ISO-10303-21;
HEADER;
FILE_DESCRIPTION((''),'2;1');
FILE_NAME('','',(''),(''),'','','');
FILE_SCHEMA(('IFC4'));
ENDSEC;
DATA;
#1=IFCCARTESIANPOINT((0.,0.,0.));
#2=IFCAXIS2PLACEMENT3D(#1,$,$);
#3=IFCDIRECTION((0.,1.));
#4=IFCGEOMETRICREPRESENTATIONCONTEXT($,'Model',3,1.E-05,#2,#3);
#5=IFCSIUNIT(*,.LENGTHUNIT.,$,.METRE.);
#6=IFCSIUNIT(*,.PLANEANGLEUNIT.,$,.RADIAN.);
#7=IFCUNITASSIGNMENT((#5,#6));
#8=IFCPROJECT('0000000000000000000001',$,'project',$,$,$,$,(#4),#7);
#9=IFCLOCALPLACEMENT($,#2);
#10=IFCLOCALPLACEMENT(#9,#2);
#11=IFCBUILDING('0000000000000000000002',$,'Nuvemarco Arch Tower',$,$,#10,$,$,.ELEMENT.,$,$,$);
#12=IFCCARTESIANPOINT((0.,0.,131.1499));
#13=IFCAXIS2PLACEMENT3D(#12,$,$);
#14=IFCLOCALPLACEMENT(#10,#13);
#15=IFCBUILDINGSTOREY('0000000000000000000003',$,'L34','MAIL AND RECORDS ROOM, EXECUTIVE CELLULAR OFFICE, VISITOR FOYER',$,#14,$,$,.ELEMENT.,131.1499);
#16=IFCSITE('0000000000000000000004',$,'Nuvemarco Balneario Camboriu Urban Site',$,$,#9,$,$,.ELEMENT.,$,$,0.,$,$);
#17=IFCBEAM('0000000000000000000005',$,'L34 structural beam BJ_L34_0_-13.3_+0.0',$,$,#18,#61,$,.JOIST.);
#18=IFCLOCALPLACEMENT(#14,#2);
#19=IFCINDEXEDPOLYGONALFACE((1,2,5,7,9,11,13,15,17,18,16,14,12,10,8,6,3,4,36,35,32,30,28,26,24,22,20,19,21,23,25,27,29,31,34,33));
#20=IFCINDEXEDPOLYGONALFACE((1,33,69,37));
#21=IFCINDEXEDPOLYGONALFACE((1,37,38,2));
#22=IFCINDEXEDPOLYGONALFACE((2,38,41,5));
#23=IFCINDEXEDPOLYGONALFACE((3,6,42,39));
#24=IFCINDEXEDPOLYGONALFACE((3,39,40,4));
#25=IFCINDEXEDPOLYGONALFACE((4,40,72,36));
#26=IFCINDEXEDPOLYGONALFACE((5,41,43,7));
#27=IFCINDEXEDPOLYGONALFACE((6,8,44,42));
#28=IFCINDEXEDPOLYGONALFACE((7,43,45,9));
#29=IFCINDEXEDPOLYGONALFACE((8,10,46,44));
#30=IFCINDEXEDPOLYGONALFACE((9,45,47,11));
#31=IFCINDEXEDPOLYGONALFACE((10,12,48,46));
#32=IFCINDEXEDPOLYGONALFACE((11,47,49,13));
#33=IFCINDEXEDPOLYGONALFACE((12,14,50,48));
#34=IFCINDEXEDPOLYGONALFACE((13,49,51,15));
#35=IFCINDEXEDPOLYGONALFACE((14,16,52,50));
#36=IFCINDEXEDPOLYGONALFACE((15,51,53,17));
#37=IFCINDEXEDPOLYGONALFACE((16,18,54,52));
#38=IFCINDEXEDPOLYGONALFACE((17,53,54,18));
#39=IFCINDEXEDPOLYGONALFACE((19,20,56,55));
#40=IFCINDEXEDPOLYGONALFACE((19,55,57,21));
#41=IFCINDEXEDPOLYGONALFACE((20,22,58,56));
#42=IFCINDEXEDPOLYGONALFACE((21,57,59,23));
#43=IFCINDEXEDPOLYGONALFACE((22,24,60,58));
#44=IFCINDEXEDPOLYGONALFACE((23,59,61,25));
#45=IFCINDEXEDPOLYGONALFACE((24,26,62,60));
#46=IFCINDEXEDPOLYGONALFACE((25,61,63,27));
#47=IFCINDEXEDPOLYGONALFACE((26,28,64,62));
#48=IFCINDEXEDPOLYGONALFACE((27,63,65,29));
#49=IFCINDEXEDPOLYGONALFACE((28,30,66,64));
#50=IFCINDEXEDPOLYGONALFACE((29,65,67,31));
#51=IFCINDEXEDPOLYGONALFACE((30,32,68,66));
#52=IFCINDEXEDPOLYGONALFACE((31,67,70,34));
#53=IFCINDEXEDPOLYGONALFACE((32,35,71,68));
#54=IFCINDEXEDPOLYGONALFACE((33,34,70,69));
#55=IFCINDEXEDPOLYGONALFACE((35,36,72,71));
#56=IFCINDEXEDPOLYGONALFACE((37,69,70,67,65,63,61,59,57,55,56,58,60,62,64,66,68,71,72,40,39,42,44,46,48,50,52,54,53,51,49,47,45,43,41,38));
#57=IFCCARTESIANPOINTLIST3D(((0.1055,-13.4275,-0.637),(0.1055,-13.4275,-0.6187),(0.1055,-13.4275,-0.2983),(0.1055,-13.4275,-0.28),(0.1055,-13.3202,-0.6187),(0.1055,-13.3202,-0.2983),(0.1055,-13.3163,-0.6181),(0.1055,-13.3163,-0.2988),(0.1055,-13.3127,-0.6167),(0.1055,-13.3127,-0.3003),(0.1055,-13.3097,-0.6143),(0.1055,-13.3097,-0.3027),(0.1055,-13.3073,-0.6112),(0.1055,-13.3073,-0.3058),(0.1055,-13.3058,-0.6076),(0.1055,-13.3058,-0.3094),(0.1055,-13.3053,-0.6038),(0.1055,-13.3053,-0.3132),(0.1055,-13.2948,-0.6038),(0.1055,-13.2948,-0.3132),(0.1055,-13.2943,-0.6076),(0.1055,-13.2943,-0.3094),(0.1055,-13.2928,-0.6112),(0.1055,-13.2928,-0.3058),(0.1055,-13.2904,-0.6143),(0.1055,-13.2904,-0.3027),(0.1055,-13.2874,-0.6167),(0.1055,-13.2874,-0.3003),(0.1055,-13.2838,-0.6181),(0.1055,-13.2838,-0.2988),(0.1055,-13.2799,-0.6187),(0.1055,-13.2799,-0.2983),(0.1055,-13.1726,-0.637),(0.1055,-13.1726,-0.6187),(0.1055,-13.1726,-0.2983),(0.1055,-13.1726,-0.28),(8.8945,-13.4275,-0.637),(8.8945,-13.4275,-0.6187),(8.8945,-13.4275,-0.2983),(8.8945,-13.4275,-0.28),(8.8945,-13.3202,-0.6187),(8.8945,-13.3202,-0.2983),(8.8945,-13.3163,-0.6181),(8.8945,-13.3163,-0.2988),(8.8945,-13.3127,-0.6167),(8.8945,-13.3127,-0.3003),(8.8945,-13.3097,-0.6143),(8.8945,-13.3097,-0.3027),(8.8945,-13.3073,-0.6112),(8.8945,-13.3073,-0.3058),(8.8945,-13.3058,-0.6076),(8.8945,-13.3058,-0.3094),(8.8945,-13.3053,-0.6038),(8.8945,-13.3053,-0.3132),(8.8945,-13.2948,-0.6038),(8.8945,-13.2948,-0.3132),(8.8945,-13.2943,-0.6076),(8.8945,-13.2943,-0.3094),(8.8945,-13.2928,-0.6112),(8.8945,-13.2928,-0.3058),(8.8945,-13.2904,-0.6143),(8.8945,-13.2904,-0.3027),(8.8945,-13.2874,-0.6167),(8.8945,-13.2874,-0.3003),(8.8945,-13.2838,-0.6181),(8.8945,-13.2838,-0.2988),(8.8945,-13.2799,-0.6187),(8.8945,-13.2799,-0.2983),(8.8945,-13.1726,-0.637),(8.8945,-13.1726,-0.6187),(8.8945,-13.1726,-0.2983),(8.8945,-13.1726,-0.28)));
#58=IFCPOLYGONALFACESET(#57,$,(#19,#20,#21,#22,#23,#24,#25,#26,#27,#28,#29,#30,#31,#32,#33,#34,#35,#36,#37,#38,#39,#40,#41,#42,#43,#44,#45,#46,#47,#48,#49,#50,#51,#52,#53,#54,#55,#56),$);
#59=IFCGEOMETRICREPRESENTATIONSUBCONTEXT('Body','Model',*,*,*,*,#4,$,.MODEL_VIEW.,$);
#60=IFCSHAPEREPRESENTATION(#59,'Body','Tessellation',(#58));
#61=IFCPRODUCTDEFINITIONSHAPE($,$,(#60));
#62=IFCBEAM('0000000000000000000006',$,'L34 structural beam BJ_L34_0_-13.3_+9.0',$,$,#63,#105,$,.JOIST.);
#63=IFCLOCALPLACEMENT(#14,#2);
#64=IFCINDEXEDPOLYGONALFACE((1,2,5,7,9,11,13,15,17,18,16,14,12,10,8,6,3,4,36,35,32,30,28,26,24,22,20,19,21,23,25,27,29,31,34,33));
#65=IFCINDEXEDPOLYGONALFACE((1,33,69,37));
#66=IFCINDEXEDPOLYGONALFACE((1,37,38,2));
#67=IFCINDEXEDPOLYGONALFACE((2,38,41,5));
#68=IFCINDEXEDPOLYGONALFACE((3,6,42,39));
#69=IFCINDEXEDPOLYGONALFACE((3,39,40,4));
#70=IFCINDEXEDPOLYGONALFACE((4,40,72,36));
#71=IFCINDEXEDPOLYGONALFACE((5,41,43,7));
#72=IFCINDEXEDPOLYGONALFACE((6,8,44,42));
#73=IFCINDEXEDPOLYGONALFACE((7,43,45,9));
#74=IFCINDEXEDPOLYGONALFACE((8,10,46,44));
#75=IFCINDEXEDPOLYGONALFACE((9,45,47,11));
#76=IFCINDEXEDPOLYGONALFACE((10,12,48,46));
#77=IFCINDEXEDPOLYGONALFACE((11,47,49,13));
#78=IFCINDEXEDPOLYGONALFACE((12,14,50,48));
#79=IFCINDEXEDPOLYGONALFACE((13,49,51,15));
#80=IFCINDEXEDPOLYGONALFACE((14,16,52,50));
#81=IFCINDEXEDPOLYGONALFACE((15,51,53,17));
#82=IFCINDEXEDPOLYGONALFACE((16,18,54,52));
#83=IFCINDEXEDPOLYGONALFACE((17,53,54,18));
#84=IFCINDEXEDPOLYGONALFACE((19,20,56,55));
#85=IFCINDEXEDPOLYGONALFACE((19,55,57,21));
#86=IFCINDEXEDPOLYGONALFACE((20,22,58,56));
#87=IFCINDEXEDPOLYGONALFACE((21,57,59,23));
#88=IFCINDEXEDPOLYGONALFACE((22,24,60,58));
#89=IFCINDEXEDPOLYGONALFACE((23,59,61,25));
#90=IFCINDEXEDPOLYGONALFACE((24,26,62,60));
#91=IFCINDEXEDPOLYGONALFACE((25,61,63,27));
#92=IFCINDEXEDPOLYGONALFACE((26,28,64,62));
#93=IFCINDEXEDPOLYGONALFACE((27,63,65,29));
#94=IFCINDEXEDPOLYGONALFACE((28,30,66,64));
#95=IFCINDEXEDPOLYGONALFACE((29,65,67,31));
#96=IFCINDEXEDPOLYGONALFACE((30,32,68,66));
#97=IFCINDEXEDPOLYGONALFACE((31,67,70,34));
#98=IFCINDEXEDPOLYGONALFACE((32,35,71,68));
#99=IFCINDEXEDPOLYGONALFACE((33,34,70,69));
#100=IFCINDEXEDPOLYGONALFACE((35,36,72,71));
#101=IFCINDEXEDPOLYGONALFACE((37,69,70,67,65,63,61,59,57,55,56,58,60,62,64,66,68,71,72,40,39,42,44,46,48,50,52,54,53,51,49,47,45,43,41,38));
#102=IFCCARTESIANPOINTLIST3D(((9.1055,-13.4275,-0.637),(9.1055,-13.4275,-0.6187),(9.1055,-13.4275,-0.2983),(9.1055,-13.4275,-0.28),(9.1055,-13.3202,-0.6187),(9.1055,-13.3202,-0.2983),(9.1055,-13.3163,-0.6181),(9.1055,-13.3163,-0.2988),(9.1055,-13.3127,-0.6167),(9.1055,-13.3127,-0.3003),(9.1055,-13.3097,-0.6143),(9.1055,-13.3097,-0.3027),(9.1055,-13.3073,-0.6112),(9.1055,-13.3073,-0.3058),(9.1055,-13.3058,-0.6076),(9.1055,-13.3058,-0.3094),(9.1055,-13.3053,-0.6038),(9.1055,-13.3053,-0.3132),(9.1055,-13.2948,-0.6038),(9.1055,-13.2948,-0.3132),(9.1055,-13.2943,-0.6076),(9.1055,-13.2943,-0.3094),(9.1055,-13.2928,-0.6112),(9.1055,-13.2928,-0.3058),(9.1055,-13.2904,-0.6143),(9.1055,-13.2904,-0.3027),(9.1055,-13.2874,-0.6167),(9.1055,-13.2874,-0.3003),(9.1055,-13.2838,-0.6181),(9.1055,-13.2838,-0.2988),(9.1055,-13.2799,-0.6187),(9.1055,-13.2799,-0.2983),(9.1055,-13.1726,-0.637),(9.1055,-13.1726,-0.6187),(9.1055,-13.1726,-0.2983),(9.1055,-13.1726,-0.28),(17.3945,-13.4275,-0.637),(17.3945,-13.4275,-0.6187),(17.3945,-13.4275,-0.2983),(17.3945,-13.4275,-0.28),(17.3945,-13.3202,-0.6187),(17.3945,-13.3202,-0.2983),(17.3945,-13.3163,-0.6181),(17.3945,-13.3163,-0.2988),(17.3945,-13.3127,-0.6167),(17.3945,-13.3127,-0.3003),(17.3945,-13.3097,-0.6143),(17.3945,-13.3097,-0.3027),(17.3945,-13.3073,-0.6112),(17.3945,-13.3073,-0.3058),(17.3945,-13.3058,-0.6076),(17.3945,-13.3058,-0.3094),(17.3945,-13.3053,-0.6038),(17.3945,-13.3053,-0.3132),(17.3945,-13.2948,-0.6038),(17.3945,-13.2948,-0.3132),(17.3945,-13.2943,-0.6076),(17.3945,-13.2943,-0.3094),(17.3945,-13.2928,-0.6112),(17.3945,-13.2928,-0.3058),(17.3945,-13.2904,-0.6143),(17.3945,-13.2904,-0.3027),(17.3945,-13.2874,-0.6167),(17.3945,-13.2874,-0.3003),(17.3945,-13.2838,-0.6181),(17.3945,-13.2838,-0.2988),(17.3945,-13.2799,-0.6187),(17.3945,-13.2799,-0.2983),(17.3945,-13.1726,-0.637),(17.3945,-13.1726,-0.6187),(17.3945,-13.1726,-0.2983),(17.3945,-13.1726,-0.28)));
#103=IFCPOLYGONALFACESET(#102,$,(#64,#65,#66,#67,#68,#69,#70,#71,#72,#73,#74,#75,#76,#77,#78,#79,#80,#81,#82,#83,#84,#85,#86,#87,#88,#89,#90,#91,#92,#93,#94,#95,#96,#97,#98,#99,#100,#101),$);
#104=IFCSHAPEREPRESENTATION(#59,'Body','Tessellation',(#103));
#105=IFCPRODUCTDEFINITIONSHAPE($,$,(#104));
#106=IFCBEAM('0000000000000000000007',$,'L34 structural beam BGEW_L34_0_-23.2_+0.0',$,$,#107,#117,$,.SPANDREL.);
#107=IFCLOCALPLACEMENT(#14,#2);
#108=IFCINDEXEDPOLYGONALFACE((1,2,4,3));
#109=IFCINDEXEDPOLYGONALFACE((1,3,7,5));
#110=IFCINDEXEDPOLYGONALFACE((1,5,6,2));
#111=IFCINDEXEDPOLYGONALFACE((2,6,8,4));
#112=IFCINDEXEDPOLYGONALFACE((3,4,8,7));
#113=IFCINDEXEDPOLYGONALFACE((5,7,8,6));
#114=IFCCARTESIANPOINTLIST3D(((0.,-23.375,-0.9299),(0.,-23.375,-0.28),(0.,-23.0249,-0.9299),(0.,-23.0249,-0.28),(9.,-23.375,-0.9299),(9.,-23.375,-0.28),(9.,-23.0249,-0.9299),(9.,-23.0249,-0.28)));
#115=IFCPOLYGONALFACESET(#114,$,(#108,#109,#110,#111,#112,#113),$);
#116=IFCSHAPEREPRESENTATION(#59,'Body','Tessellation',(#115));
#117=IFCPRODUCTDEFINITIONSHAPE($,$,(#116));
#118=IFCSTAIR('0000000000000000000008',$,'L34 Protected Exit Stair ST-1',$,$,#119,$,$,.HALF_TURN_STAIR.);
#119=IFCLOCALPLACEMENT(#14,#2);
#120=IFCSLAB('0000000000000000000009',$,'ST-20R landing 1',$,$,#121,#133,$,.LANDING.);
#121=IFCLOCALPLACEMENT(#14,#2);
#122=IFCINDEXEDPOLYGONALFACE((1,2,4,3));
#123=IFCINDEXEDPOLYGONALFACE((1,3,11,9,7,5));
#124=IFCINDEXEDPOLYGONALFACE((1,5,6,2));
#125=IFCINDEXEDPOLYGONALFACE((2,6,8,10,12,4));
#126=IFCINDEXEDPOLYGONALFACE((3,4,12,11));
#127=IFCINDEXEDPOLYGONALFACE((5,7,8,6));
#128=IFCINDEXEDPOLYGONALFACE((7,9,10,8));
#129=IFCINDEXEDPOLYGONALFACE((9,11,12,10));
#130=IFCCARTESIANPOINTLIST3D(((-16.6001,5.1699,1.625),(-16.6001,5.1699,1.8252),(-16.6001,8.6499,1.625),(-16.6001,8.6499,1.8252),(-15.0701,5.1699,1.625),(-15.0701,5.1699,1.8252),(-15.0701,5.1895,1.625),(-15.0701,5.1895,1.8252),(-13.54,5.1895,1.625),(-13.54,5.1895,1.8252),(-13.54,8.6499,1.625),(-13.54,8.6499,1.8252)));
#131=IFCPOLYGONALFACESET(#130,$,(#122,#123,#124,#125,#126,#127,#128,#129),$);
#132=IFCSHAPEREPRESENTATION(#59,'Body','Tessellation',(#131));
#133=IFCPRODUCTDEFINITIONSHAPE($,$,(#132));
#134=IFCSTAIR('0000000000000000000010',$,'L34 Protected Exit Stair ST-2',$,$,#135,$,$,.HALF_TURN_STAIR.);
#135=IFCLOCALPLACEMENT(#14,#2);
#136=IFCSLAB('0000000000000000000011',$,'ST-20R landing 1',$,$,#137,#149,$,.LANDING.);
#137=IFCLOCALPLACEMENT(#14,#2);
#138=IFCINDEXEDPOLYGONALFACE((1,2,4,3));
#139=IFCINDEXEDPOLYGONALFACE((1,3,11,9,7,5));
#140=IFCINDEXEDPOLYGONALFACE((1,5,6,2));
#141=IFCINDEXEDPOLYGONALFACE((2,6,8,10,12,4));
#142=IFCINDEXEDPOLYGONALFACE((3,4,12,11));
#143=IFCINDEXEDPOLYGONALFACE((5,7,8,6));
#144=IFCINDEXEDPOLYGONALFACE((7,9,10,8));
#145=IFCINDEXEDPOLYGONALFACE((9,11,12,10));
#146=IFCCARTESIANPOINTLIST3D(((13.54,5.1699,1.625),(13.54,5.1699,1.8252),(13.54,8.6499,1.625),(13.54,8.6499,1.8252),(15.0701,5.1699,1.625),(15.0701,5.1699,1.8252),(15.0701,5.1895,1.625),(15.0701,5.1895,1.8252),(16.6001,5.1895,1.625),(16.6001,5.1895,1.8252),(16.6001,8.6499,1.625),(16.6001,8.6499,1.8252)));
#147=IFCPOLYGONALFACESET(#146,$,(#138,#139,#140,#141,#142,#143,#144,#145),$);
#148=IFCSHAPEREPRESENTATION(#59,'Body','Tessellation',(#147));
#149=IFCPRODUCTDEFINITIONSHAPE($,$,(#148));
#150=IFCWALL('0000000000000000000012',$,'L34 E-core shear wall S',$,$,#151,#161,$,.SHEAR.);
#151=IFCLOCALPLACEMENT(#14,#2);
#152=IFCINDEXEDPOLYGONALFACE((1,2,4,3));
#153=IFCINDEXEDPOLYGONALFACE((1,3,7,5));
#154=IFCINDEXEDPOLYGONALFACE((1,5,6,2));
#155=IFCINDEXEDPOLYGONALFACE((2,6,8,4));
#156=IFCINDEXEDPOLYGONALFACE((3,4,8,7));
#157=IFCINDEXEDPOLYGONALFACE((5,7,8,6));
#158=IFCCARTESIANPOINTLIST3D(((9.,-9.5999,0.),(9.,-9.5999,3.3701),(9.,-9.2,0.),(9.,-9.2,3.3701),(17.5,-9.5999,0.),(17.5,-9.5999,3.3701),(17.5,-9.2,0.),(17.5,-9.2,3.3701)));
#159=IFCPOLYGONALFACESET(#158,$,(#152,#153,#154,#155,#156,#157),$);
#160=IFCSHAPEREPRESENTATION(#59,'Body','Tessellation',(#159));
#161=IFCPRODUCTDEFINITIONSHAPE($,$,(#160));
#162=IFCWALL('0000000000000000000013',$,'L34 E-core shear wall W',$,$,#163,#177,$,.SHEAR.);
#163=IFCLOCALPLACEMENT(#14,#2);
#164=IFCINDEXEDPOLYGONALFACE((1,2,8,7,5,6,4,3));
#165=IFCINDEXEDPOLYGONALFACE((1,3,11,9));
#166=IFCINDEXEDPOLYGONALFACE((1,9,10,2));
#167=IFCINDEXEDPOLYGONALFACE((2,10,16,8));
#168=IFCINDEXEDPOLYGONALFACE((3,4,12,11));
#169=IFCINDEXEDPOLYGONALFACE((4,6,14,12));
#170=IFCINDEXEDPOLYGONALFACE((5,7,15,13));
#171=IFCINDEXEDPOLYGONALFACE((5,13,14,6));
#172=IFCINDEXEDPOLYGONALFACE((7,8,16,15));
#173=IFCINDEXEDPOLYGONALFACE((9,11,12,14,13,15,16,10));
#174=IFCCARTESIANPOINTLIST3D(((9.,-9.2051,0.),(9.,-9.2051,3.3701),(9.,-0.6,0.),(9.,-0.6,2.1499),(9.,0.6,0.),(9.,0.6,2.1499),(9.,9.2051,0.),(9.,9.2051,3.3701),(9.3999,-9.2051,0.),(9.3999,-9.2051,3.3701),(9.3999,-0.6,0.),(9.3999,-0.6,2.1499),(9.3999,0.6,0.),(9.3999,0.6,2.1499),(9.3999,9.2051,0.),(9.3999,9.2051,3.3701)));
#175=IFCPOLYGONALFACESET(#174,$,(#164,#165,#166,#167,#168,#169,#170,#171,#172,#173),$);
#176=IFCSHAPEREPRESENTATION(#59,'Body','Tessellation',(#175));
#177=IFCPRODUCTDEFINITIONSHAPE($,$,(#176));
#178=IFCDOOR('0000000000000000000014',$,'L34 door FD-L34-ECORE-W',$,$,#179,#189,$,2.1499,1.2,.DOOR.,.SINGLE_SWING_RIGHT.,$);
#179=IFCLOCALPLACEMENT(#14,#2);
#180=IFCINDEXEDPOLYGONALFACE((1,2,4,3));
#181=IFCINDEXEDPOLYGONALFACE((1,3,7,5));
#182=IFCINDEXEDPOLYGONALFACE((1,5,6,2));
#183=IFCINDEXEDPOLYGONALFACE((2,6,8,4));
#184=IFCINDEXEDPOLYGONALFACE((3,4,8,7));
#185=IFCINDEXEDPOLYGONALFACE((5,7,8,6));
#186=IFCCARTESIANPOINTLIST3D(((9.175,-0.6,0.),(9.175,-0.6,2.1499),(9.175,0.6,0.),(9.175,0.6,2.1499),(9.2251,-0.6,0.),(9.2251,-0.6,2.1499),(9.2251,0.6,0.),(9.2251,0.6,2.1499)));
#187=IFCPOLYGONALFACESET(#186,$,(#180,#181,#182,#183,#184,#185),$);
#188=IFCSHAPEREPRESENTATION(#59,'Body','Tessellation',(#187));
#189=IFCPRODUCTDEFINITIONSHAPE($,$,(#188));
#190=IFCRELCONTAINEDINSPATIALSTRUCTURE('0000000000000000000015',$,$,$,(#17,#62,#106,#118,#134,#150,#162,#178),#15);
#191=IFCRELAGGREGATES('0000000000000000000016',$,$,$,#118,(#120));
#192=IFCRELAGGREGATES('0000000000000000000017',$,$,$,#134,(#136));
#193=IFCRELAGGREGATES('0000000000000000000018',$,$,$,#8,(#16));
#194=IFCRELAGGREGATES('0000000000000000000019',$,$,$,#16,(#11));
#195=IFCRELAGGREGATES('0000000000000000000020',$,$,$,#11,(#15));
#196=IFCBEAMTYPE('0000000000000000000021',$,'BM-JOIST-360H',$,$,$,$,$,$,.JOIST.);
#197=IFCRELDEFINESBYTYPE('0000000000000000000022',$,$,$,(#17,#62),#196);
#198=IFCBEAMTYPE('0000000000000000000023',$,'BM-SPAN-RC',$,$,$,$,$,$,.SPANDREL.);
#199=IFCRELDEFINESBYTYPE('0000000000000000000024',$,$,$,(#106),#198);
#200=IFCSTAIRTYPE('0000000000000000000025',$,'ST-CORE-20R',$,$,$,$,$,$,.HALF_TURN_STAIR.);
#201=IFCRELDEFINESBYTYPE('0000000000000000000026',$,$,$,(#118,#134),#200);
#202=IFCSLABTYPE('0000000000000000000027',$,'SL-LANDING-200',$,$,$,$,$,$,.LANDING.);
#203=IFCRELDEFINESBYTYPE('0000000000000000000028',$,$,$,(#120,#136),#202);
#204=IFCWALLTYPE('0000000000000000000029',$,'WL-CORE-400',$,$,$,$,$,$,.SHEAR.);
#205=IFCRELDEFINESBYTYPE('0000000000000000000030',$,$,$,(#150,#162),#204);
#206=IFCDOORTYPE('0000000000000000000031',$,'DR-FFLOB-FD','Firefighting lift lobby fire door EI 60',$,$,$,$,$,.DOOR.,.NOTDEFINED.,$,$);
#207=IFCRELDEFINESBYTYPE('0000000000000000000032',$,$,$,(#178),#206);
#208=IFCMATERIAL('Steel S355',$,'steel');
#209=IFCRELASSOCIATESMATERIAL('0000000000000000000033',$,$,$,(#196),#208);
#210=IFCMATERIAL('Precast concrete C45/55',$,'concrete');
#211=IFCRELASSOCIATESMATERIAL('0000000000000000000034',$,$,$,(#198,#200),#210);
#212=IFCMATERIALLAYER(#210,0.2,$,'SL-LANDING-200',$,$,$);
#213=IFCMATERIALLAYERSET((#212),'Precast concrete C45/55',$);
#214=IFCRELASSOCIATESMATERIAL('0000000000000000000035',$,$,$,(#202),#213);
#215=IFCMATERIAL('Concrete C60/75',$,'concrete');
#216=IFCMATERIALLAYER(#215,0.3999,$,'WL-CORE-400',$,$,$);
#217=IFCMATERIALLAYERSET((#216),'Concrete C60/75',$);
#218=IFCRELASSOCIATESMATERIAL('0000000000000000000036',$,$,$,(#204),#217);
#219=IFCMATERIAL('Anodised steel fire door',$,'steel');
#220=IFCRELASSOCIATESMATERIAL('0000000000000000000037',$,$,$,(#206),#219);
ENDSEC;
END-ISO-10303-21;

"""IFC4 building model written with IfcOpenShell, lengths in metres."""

from ifc_helpers import new_model, si_unit, direction, frame, frame_2d, origin, origin_2d, place, context, subcontext, project, spatial, polyline, rectangle, i_section, outline, extrude, source, transform, mapped, material, layer, layer_set, material_profile, profile_set, type_object, type_shapes, element, fill, aggregate, save


model = new_model("IFC4")

# Units and contexts
model_context = context("Model", 3, precision=1e-05, world=origin(), true_north=direction((0.0, 1.0)))
body_context = subcontext(model_context, "Body", "Model", "MODEL_VIEW")
ifc_project = project(units=[si_unit("LENGTHUNIT", "METRE"), si_unit("PLANEANGLEUNIT", "RADIAN")], contexts=[model_context])

# Site, building, storey
site_placement = place(None, origin())
site = spatial("IfcSite", under=ifc_project, at=site_placement, Name="Nuvemarco Balneario Camboriu Urban Site", CompositionType="ELEMENT", RefElevation=0.0)
building_placement = place(site_placement, origin())
building = spatial("IfcBuilding", under=site, at=building_placement, Name="Nuvemarco Arch Tower", CompositionType="ELEMENT")
storey_placement = place(building_placement, frame((0.0, 0.0, 131.1499)))
storey = spatial("IfcBuildingStorey", under=building, at=storey_placement, Name="L34", Description="MAIL AND RECORDS ROOM, EXECUTIVE CELLULAR OFFICE, VISITOR FOYER", CompositionType="ELEMENT", Elevation=131.1499)

# Shared definitions
ifc_material_1 = material(Name="Steel S355", Category="steel")

# Beams
ifc_material_2 = material(Name="Concrete C60/75", Category="concrete")
ifc_material_profile_1 = material_profile(ifc_material_1, i_section(OverallWidth=0.2549, OverallDepth=0.3569, WebThickness=0.0105, FlangeThickness=0.0183, FilletRadius=0.0149, at=origin_2d()), Name="W360x101")
ifc_profile_set_1 = profile_set([ifc_material_profile_1], Name="Steel S355")
beam_type_1 = type_object("IfcBeamType", Name="BM-JOIST-360H", PredefinedType="JOIST", material=ifc_profile_set_1)
beam_1_placement = place(storey_placement, frame((0.1055, -13.3, -0.4585), z_axis=(1.0, 0.0, 0.0), x_axis=(0.0, 1.0, 0.0)))
element("IfcBeam", 1, at=beam_1_placement, inside=storey, type_object=beam_type_1, Name="L34 structural beam BJ_L34_0_-13.3_+0.0", PredefinedType="JOIST", context=body_context, shape_type="SweptSolid", body=[
    extrude(i_section(OverallWidth=0.2549, OverallDepth=0.3569, WebThickness=0.0105, FlangeThickness=0.0183, FilletRadius=0.0149, at=origin_2d()), origin(), (0.0, 0.0, 1.0), 8.7891),
])
beam_2_placement = place(storey_placement, frame((9.1055, -13.3, -0.4585), z_axis=(1.0, 0.0, 0.0), x_axis=(0.0, 1.0, 0.0)))
element("IfcBeam", 2, at=beam_2_placement, inside=storey, type_object=beam_type_1, Name="L34 structural beam BJ_L34_0_-13.3_+9.0", PredefinedType="JOIST", context=body_context, shape_type="SweptSolid", body=[
    extrude(i_section(OverallWidth=0.2549, OverallDepth=0.3569, WebThickness=0.0105, FlangeThickness=0.0183, FilletRadius=0.0149, at=origin_2d()), origin(), (0.0, 0.0, 1.0), 8.2891),
])
ifc_material_3 = material(Name="Precast concrete C45/55", Category="concrete")
ifc_material_profile_2 = material_profile(ifc_material_3, rectangle(XDim=0.3501, YDim=0.6499, at=origin_2d()), Name="PC-SP-350x650")
ifc_profile_set_2 = profile_set([ifc_material_profile_2], Name="Precast concrete C45/55")
beam_type_2 = type_object("IfcBeamType", Name="BM-SPAN-RC", PredefinedType="SPANDREL", material=ifc_profile_set_2)
beam_3_placement = place(storey_placement, frame((0.0, -23.2, -0.605), z_axis=(1.0, 0.0, 0.0), x_axis=(0.0, 1.0, 0.0)))
element("IfcBeam", 3, at=beam_3_placement, inside=storey, type_object=beam_type_2, Name="L34 structural beam BGEW_L34_0_-23.2_+0.0", PredefinedType="SPANDREL", context=body_context, shape_type="SweptSolid", body=[
    extrude(rectangle(XDim=0.3501, YDim=0.6499, at=origin_2d()), origin(), (0.0, 0.0, 1.0), 9.0),
])

# Stairs, slabs
stair_type = type_object("IfcStairType", Name="ST-CORE-20R", PredefinedType="HALF_TURN_STAIR", material=ifc_material_3)
stair_1_placement = place(storey_placement, origin())
stair_1 = element("IfcStair", 4, at=stair_1_placement, inside=storey, type_object=stair_type, Name="L34 Protected Exit Stair ST-1", PredefinedType="HALF_TURN_STAIR")
ifc_layer_1 = layer(ifc_material_3, 0.2, Name="SL-LANDING-200")
ifc_layer_set_1 = layer_set([ifc_layer_1], Name="Precast concrete C45/55")
slab_type = type_object("IfcSlabType", Name="SL-LANDING-200", PredefinedType="LANDING", material=ifc_layer_set_1)
slab_1_placement = place(storey_placement, frame((0.0, 0.0, 1.625)))
slab_1 = element("IfcSlab", 5, at=slab_1_placement, type_object=slab_type, Name="ST-20R landing 1", PredefinedType="LANDING", context=body_context, shape_type="SweptSolid", body=[
    extrude(outline(polyline([(-13.54, 5.1895), (-13.54, 8.6499), (-16.6001, 8.6499), (-16.6001, 5.1699), (-15.0701, 5.1699), (-15.0701, 5.1895), (-13.54, 5.1895)])), origin(), (0.0, 0.0, 1.0), 0.2002),
])
aggregate(stair_1, [slab_1])
stair_2_placement = place(storey_placement, origin())
stair_2 = element("IfcStair", 6, at=stair_2_placement, inside=storey, type_object=stair_type, Name="L34 Protected Exit Stair ST-2", PredefinedType="HALF_TURN_STAIR")
slab_2_placement = place(storey_placement, frame((0.0, 0.0, 1.625)))
slab_2 = element("IfcSlab", 7, at=slab_2_placement, type_object=slab_type, Name="ST-20R landing 1", PredefinedType="LANDING", context=body_context, shape_type="SweptSolid", body=[
    extrude(outline(polyline([(16.6001, 5.1895), (16.6001, 8.6499), (13.54, 8.6499), (13.54, 5.1699), (15.0701, 5.1699), (15.0701, 5.1895), (16.6001, 5.1895)])), origin(), (0.0, 0.0, 1.0), 0.2002),
])
aggregate(stair_2, [slab_2])

# Wall
ifc_layer_2 = layer(ifc_material_2, 0.3999, Name="WL-CORE-400")
ifc_layer_set_2 = layer_set([ifc_layer_2], Name="Concrete C60/75")
wall_type_1 = type_object("IfcWallType", Name="WL-CORE-400", PredefinedType="SHEAR", material=ifc_layer_set_2)
wall_1_placement = place(storey_placement, frame((9.0, -9.3999, 0.0), z_axis=(0.0, 0.0, 1.0), x_axis=(1.0, 0.0, 0.0)))
element("IfcWall", 8, at=wall_1_placement, inside=storey, type_object=wall_type_1, Name="L34 E-core shear wall S", PredefinedType="SHEAR", context=body_context, shape_type="SweptSolid", body=[
    extrude(rectangle(XDim=8.5, YDim=0.3999, at=frame_2d((4.25, 0.0))), origin(), (0.0, 0.0, 1.0), 3.3701),
])

# Wall, opening, door
wall_2_placement = place(storey_placement, frame((9.2, -9.2051, 0.0), z_axis=(0.0, 0.0, 1.0), x_axis=(0.0, 1.0, 0.0)))
wall_2 = element("IfcWall", 9, at=wall_2_placement, inside=storey, type_object=wall_type_1, Name="L34 E-core shear wall W", PredefinedType="SHEAR", context=body_context, shape_type="SweptSolid", body=[
    extrude(rectangle(XDim=18.4102, YDim=0.3999, at=frame_2d((9.2051, 0.0))), origin(), (0.0, 0.0, 1.0), 3.3701),
])
opening_placement = place(wall_2_placement, frame((8.605, 0.0, 0.0)))
opening = element("IfcOpeningElement", 10, at=opening_placement, cuts=wall_2, PredefinedType="OPENING", context=body_context, shape_type="SweptSolid", body=[
    extrude(rectangle(XDim=1.2, YDim=2.1499, at=frame_2d((0.6001, 1.075))), frame((0.0, 0.21, 0.0), z_axis=(0.0, -1.0, 0.0), x_axis=(1.0, 0.0, 0.0)), (0.0, 0.0, 1.0), 0.4199),
])
ifc_material_4 = material(Name="Anodised steel fire door", Category="steel")
door_type = type_object("IfcDoorType", Name="DR-FFLOB-FD", Description="Firefighting lift lobby fire door EI 60", OperationType="NOTDEFINED", PredefinedType="DOOR", material=ifc_material_4)
shared_shape_1 = source(origin(), body_context, "Body", "SweptSolid", [
    extrude(rectangle(XDim=1.2, YDim=2.1499, at=frame_2d((0.6001, 1.075))), frame((0.0, 0.0249, 0.0), z_axis=(0.0, -1.0, 0.0), x_axis=(1.0, 0.0, 0.0)), (0.0, 0.0, 1.0), 0.05),
])
type_shapes(door_type, [shared_shape_1])
door_placement = place(opening_placement, origin())
door = element("IfcDoor", 11, at=door_placement, inside=storey, type_object=door_type, Name="L34 door FD-L34-ECORE-W", OperationType="SINGLE_SWING_RIGHT", OverallHeight=2.1499, OverallWidth=1.2, PredefinedType="DOOR", context=body_context, shape_type="MappedRepresentation", body=[
    mapped(shared_shape_1, transform((0.0, 0.0, 0.0), scale=1.0)),
])
fill(opening, door)

save(model, "model.ifc")
